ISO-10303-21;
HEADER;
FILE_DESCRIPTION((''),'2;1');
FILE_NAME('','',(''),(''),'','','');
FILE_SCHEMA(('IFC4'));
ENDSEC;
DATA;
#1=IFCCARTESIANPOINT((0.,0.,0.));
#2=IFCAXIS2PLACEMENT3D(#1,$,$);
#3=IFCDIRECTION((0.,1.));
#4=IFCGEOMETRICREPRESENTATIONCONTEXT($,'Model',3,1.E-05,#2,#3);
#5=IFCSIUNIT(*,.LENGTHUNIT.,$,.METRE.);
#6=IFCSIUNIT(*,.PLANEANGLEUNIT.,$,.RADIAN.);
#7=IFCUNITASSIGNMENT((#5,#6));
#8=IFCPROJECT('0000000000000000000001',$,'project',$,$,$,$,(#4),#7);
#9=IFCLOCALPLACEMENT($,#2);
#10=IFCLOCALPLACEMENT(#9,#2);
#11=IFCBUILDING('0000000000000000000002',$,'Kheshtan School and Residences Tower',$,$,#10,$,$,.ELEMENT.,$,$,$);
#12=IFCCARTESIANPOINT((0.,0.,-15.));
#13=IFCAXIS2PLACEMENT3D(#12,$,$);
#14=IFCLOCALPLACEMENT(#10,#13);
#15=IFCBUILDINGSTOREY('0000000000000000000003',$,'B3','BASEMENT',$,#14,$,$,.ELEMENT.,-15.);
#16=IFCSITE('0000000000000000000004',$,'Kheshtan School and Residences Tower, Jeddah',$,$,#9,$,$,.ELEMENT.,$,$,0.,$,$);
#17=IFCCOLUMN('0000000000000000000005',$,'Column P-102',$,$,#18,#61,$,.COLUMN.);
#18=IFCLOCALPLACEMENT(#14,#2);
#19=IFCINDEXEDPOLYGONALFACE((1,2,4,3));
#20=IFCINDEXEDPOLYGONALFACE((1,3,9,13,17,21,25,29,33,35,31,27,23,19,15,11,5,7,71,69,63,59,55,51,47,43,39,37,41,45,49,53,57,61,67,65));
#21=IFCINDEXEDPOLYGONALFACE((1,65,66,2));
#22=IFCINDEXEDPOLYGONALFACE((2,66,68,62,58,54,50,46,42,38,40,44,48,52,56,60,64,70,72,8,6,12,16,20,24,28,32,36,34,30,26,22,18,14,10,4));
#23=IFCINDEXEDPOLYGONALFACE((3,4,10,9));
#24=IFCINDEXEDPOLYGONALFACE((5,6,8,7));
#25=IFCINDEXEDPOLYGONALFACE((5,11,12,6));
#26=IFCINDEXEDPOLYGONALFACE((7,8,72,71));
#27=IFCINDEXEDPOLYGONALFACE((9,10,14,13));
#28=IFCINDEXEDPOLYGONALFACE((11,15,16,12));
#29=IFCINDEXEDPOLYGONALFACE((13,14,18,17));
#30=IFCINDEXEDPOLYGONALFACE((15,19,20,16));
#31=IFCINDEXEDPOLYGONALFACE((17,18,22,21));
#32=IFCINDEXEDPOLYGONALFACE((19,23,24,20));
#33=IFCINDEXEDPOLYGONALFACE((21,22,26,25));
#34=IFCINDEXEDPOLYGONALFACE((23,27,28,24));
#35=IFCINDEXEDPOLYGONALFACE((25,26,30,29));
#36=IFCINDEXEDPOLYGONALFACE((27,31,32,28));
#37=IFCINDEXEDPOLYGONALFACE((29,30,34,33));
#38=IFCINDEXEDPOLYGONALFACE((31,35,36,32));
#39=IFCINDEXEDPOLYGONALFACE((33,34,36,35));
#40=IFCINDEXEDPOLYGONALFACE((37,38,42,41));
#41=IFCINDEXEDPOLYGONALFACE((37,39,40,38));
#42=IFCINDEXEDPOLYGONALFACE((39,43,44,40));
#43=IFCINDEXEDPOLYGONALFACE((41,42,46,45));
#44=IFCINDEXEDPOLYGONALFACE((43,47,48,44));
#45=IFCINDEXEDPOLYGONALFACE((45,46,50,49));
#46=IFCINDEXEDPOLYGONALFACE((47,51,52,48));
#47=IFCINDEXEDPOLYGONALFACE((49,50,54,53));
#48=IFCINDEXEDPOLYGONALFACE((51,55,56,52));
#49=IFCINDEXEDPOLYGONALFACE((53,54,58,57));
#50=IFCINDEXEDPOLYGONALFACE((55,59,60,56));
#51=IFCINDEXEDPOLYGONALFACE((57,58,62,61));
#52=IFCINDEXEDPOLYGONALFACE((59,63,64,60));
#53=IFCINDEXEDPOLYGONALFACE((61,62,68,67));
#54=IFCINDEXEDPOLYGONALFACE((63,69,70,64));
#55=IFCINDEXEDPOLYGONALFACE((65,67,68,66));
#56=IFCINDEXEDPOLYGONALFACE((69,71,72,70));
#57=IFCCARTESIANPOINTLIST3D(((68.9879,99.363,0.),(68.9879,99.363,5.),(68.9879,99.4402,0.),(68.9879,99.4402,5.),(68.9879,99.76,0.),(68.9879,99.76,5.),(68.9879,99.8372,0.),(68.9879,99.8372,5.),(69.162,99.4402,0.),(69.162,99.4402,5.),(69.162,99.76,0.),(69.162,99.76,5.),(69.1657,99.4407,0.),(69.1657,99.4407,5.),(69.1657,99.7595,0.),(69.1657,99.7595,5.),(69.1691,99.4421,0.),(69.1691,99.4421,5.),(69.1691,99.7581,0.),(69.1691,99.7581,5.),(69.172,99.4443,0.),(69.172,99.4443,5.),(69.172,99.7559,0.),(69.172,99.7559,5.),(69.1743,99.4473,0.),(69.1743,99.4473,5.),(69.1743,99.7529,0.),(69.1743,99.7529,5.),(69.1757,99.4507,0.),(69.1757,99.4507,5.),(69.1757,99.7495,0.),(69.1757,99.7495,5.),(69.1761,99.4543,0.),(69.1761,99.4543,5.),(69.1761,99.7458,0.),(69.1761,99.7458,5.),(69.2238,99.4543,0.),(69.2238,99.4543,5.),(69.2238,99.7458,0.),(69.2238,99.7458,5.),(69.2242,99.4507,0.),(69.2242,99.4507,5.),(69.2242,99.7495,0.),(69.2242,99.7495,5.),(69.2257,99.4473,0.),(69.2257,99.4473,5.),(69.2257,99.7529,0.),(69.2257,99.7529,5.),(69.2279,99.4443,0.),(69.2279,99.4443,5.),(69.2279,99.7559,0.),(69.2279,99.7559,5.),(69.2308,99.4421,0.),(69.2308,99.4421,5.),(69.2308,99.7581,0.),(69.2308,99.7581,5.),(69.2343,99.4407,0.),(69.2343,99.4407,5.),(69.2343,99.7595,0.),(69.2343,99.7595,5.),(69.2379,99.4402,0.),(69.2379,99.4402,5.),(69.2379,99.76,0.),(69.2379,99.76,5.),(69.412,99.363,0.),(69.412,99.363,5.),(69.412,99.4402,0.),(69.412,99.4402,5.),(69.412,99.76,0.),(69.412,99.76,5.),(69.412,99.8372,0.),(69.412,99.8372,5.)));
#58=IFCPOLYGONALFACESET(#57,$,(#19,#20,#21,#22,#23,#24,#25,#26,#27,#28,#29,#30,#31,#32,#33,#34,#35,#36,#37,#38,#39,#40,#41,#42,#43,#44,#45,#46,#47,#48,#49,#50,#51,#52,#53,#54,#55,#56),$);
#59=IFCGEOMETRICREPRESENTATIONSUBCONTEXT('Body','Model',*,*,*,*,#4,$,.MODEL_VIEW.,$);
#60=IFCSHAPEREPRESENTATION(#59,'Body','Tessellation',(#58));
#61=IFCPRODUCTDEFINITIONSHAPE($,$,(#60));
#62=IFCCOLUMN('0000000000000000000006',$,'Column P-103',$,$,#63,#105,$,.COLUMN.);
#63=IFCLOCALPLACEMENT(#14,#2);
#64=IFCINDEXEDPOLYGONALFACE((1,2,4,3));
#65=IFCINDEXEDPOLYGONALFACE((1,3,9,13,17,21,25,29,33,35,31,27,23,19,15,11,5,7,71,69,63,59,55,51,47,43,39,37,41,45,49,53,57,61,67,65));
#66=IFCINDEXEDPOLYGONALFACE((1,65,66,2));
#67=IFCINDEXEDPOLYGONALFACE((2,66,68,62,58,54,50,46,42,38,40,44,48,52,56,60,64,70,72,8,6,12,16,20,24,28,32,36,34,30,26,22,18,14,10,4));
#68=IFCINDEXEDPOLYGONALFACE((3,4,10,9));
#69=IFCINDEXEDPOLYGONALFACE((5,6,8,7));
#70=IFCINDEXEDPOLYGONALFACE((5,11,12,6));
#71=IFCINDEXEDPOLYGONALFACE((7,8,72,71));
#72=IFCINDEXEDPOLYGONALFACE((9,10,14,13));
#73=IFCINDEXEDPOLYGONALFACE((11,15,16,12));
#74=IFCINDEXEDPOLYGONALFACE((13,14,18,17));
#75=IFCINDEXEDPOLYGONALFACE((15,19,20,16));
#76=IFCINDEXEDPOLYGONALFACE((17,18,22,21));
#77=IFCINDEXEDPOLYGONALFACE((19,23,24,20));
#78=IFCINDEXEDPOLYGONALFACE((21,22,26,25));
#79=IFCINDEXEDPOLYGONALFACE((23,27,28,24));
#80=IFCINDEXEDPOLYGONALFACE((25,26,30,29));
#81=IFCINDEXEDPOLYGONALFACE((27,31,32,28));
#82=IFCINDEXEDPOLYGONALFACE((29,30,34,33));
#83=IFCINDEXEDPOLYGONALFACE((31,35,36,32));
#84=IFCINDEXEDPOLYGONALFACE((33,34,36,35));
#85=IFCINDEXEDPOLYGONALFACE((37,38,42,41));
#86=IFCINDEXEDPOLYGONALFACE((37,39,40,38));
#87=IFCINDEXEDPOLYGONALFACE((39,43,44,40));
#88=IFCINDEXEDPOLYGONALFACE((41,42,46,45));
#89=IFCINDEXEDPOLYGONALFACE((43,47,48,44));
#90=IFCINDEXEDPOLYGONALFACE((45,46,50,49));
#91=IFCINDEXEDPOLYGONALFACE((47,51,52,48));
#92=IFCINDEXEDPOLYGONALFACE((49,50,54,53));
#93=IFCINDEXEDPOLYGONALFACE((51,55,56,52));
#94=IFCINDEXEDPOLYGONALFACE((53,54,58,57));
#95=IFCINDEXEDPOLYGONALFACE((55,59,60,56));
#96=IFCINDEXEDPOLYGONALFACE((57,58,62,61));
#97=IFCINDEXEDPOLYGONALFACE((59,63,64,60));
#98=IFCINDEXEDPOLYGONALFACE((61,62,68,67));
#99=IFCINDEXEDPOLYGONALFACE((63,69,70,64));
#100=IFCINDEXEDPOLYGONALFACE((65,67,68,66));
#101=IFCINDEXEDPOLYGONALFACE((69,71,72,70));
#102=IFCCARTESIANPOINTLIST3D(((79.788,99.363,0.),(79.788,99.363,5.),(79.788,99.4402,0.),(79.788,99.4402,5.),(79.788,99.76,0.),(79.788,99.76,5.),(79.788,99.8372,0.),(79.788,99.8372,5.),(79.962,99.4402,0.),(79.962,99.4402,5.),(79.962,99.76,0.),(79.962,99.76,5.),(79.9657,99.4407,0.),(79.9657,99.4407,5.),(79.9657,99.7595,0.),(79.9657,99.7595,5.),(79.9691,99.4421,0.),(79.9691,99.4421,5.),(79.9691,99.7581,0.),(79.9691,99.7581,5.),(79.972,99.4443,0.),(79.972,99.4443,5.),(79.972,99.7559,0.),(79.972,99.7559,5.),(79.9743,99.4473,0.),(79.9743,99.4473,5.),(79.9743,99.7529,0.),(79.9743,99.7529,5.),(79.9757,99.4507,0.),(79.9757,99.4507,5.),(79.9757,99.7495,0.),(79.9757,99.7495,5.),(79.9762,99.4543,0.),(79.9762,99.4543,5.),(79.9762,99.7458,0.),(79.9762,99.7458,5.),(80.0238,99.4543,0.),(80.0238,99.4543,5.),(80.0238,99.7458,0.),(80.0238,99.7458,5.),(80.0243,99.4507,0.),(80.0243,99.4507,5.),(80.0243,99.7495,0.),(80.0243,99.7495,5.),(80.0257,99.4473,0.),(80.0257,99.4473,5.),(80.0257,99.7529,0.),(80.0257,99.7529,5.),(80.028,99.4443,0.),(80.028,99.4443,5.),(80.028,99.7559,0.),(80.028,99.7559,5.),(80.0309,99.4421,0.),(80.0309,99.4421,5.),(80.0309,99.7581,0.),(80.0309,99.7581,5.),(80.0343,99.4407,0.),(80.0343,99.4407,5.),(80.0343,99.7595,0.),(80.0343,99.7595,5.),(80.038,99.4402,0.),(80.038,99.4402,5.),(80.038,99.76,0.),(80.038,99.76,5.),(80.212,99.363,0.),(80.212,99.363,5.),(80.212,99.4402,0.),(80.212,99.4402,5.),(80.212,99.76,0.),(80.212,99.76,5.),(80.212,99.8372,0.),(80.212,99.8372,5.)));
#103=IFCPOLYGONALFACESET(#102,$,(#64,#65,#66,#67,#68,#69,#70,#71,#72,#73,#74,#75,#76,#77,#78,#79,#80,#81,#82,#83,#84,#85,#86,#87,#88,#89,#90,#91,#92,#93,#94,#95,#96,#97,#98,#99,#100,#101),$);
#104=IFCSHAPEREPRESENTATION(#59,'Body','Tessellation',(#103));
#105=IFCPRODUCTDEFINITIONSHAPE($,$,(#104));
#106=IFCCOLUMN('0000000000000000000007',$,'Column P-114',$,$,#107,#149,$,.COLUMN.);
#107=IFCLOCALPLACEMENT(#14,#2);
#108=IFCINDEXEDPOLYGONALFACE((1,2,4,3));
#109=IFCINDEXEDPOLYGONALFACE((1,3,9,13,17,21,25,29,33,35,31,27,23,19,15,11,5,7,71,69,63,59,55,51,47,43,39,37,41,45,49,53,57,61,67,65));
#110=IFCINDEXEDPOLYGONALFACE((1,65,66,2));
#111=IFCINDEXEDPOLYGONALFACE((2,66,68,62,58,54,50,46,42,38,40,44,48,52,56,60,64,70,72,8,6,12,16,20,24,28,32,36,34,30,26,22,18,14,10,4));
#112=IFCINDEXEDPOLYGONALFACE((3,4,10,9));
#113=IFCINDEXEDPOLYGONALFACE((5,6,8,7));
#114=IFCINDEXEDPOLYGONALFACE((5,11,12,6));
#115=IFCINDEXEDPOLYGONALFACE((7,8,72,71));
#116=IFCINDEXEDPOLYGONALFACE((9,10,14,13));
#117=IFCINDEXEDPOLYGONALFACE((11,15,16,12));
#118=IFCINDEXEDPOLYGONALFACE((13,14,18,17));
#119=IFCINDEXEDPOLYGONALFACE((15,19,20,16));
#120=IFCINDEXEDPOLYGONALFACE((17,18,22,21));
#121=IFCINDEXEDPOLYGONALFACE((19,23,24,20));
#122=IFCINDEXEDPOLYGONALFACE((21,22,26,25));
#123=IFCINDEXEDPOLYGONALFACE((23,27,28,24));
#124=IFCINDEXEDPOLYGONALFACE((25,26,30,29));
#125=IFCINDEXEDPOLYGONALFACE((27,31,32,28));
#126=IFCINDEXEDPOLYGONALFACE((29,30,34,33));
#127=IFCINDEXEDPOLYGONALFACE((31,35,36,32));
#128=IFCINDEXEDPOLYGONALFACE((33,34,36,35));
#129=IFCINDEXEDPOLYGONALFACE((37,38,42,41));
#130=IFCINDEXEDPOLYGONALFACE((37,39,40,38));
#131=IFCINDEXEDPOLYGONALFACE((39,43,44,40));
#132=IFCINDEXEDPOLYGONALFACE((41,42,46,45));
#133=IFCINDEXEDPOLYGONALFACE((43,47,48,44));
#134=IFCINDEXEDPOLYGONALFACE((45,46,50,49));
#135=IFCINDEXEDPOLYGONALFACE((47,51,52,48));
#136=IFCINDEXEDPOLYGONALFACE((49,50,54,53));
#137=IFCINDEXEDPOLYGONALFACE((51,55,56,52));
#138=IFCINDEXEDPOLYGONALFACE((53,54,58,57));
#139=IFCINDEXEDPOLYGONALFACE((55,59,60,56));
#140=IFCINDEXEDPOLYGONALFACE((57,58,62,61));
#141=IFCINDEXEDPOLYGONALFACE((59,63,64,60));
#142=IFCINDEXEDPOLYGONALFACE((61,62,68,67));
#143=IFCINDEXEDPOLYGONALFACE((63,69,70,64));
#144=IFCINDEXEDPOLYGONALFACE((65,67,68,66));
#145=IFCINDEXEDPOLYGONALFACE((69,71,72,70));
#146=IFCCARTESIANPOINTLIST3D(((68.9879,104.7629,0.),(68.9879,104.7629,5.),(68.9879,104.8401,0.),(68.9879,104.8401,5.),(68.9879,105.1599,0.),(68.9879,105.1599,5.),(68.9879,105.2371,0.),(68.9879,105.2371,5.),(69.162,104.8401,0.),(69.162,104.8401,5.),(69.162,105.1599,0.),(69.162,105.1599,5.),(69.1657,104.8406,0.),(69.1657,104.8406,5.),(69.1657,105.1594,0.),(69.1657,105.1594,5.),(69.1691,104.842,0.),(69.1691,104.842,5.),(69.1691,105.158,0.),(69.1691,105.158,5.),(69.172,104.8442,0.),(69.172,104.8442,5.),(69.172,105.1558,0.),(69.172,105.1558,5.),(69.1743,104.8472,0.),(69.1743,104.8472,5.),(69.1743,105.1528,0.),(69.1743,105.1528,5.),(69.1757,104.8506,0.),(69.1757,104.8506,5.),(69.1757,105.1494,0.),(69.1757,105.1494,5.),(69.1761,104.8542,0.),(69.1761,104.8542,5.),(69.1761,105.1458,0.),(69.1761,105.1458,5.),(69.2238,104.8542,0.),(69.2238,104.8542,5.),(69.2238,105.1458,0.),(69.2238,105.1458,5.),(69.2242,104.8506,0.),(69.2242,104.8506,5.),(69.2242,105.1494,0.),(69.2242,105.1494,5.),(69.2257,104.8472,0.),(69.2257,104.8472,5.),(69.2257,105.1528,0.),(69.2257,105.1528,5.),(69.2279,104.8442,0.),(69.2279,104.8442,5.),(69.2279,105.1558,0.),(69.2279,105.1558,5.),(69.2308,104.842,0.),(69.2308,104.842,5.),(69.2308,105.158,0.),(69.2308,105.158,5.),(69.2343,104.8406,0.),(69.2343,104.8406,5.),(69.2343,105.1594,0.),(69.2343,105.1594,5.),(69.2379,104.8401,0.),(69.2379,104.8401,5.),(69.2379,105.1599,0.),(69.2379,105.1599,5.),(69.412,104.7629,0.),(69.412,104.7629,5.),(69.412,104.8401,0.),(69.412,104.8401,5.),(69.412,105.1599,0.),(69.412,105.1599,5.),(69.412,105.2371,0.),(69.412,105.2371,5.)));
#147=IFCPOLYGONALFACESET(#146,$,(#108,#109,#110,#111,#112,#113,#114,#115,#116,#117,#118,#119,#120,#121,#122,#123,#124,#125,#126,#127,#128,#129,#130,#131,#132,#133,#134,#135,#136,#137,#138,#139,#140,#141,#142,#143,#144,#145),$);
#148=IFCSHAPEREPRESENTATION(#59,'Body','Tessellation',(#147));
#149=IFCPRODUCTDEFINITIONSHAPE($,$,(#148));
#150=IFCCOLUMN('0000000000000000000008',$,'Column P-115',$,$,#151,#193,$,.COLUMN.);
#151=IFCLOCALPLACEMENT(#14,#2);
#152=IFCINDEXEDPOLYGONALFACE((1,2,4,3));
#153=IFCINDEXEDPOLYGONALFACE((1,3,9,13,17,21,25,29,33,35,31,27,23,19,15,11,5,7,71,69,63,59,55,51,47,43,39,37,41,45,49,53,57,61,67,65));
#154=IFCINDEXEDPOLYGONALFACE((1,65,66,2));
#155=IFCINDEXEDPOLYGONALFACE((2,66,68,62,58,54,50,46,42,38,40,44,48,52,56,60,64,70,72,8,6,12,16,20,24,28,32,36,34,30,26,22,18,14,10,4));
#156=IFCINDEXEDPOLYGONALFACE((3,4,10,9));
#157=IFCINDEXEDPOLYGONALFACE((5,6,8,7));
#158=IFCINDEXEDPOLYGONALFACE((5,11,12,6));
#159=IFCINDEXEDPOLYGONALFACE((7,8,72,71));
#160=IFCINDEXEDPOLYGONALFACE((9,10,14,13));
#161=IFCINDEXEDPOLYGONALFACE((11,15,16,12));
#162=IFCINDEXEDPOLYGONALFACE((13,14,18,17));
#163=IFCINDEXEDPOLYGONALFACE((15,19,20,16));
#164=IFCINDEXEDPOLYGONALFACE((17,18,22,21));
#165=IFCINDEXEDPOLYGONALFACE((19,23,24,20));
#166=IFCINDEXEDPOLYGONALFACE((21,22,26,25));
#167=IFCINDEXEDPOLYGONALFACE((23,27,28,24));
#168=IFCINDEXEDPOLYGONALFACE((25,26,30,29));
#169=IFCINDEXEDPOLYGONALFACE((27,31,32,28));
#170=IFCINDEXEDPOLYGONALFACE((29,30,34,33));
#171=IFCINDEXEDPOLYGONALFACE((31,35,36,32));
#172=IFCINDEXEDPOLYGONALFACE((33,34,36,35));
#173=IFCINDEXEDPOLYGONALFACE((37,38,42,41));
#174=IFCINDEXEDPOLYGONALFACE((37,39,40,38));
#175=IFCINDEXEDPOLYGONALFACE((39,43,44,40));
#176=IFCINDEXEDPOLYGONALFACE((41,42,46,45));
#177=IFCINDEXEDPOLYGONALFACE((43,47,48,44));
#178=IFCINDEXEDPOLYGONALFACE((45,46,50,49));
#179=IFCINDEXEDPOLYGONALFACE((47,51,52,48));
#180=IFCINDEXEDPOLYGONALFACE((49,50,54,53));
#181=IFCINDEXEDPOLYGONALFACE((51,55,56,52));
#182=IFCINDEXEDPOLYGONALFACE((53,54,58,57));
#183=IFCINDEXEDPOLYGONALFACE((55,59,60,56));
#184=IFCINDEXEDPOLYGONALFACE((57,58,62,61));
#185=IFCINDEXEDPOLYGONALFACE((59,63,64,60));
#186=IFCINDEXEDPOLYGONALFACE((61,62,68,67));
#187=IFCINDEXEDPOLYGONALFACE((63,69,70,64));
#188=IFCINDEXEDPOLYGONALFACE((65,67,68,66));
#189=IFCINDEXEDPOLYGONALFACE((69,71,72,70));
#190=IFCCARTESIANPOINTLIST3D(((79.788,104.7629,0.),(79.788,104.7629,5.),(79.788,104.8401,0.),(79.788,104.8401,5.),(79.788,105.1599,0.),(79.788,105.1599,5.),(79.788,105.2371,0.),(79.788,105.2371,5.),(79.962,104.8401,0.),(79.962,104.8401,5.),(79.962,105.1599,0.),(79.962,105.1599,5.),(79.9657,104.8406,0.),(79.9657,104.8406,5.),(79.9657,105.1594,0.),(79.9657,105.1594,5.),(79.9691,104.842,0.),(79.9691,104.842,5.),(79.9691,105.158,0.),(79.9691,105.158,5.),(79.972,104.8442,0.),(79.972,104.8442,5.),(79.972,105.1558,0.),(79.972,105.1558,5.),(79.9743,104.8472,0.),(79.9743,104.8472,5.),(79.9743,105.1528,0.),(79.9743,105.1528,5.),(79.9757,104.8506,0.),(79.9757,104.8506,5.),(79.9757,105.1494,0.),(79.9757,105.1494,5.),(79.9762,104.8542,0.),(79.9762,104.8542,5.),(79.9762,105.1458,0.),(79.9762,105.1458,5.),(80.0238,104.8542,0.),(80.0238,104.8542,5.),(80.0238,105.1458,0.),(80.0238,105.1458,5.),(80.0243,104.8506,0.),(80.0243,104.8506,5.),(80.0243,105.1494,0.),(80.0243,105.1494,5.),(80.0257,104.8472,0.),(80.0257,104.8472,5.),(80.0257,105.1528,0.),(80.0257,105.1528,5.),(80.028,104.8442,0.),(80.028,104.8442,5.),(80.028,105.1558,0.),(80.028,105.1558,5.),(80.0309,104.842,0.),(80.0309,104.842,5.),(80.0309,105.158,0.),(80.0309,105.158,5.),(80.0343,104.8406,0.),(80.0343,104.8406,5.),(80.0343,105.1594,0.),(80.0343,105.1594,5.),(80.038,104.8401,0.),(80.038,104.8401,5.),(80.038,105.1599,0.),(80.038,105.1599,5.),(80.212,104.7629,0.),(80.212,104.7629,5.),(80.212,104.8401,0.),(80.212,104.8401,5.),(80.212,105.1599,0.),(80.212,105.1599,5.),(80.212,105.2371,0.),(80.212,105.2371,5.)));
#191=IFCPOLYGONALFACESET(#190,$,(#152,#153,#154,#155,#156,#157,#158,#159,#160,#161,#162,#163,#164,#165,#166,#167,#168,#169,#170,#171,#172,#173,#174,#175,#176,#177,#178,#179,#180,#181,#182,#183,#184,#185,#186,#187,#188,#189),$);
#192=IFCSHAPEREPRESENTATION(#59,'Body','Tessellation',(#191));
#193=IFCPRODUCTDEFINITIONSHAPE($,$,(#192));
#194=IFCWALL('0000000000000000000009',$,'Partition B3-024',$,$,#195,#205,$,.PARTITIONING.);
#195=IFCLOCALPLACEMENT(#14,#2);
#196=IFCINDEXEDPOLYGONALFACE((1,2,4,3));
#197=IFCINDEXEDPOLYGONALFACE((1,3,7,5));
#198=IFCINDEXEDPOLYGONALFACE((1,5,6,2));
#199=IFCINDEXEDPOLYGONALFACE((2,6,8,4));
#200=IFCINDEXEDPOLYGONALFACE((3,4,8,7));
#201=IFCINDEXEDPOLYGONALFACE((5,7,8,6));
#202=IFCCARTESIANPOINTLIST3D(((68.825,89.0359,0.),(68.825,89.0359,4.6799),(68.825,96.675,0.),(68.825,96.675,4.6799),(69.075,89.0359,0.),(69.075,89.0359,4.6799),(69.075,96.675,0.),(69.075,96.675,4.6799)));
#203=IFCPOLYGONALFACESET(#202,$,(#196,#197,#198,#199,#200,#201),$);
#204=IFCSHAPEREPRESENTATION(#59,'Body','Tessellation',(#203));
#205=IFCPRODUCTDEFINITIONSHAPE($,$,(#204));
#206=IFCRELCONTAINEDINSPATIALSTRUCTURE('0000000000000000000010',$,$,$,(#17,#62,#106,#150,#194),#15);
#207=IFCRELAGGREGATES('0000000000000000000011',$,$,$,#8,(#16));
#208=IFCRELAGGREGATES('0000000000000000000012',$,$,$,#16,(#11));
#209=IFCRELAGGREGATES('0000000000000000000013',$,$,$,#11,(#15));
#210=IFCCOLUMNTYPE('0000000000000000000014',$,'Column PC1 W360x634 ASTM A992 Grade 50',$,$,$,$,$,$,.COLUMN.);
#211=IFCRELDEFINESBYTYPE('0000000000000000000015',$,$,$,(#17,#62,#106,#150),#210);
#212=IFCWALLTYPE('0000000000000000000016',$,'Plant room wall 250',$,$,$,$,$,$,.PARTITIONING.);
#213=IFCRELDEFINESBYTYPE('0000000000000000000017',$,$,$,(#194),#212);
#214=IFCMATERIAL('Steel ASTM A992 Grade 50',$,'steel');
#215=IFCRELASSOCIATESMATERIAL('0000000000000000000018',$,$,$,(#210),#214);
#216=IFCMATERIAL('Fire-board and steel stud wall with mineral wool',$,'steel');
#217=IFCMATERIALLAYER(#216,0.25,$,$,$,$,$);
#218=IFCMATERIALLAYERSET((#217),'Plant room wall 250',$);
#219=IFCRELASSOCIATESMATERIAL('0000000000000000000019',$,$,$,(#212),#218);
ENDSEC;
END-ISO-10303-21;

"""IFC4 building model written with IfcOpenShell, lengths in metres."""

from ifc_helpers import new_model, si_unit, direction, frame, frame_2d, origin, origin_2d, place, context, subcontext, project, spatial, rectangle, i_section, extrude, material, layer, layer_set, material_profile, profile_set, type_object, element, save


model = new_model("IFC4")

# Units and contexts
model_context = context("Model", 3, precision=1e-05, world=origin(), true_north=direction((0.0, 1.0)))
body_context = subcontext(model_context, "Body", "Model", "MODEL_VIEW")
ifc_project = project(units=[si_unit("LENGTHUNIT", "METRE"), si_unit("PLANEANGLEUNIT", "RADIAN")], contexts=[model_context])

# Site, building, storey
site_placement = place(None, origin())
site = spatial("IfcSite", under=ifc_project, at=site_placement, Name="Kheshtan School and Residences Tower, Jeddah", CompositionType="ELEMENT", RefElevation=0.0)
building_placement = place(site_placement, origin())
building = spatial("IfcBuilding", under=site, at=building_placement, Name="Kheshtan School and Residences Tower", CompositionType="ELEMENT")
storey_placement = place(building_placement, frame((0.0, 0.0, -15.0)))
storey = spatial("IfcBuildingStorey", under=building, at=storey_placement, Name="B3", Description="BASEMENT", CompositionType="ELEMENT", Elevation=-15.0)

# Columns
ifc_material_1 = material(Name="Steel ASTM A992 Grade 50", Category="steel")
ifc_material_profile_1 = material_profile(ifc_material_1, i_section(OverallWidth=0.4241, OverallDepth=0.4741, WebThickness=0.0476, FlangeThickness=0.0771, FilletRadius=0.0142, at=origin_2d()), Name="W360x634")
ifc_profile_set_1 = profile_set([ifc_material_profile_1], Name="Steel ASTM A992 Grade 50")
column_type = type_object("IfcColumnType", Name="Column PC1 W360x634 ASTM A992 Grade 50", PredefinedType="COLUMN", material=ifc_profile_set_1)
for number, where, z_axis, x_axis, name in (
    (1, (69.2, 99.6001, 0.0), (0.0, 0.0, 1.0), (1.0, 0.0, 0.0), "Column P-102"),
    (2, (80.0, 99.6001, 0.0), (0.0, 0.0, 1.0), (1.0, 0.0, 0.0), "Column P-103"),
    (3, (69.2, 105.0, 0.0), (0.0, 0.0, 1.0), (1.0, 0.0, 0.0), "Column P-114"),
    (4, (80.0, 105.0, 0.0), (0.0, 0.0, 1.0), (1.0, 0.0, 0.0), "Column P-115"),
):
    element("IfcColumn", number, at=place(storey_placement, frame(where, z_axis=z_axis, x_axis=x_axis)), inside=storey, type_object=column_type, Name=name, PredefinedType="COLUMN", context=body_context, shape_type="SweptSolid", body=[
        extrude(i_section(OverallWidth=0.4241, OverallDepth=0.4741, WebThickness=0.0476, FlangeThickness=0.0771, FilletRadius=0.0142, at=origin_2d()), origin(), (0.0, 0.0, 1.0), 5.0),
    ])

# Wall
ifc_material_2 = material(Name="Fire-board and steel stud wall with mineral wool", Category="steel")
ifc_layer = layer(ifc_material_2, 0.25)
ifc_layer_set = layer_set([ifc_layer], Name="Plant room wall 250")
wall_type = type_object("IfcWallType", Name="Plant room wall 250", PredefinedType="PARTITIONING", material=ifc_layer_set)
wall_1_placement = place(storey_placement, frame((68.95, 89.0359, 0.0), z_axis=(0.0, 0.0, 1.0), x_axis=(0.0, 1.0, 0.0)))
element("IfcWall", 5, at=wall_1_placement, inside=storey, type_object=wall_type, Name="Partition B3-024", PredefinedType="PARTITIONING", context=body_context, shape_type="SweptSolid", body=[
    extrude(rectangle(XDim=7.6392, YDim=0.25, at=frame_2d((3.8196, 0.0))), origin(), (0.0, 0.0, 1.0), 4.6799),
])

save(model, "model.ifc")
